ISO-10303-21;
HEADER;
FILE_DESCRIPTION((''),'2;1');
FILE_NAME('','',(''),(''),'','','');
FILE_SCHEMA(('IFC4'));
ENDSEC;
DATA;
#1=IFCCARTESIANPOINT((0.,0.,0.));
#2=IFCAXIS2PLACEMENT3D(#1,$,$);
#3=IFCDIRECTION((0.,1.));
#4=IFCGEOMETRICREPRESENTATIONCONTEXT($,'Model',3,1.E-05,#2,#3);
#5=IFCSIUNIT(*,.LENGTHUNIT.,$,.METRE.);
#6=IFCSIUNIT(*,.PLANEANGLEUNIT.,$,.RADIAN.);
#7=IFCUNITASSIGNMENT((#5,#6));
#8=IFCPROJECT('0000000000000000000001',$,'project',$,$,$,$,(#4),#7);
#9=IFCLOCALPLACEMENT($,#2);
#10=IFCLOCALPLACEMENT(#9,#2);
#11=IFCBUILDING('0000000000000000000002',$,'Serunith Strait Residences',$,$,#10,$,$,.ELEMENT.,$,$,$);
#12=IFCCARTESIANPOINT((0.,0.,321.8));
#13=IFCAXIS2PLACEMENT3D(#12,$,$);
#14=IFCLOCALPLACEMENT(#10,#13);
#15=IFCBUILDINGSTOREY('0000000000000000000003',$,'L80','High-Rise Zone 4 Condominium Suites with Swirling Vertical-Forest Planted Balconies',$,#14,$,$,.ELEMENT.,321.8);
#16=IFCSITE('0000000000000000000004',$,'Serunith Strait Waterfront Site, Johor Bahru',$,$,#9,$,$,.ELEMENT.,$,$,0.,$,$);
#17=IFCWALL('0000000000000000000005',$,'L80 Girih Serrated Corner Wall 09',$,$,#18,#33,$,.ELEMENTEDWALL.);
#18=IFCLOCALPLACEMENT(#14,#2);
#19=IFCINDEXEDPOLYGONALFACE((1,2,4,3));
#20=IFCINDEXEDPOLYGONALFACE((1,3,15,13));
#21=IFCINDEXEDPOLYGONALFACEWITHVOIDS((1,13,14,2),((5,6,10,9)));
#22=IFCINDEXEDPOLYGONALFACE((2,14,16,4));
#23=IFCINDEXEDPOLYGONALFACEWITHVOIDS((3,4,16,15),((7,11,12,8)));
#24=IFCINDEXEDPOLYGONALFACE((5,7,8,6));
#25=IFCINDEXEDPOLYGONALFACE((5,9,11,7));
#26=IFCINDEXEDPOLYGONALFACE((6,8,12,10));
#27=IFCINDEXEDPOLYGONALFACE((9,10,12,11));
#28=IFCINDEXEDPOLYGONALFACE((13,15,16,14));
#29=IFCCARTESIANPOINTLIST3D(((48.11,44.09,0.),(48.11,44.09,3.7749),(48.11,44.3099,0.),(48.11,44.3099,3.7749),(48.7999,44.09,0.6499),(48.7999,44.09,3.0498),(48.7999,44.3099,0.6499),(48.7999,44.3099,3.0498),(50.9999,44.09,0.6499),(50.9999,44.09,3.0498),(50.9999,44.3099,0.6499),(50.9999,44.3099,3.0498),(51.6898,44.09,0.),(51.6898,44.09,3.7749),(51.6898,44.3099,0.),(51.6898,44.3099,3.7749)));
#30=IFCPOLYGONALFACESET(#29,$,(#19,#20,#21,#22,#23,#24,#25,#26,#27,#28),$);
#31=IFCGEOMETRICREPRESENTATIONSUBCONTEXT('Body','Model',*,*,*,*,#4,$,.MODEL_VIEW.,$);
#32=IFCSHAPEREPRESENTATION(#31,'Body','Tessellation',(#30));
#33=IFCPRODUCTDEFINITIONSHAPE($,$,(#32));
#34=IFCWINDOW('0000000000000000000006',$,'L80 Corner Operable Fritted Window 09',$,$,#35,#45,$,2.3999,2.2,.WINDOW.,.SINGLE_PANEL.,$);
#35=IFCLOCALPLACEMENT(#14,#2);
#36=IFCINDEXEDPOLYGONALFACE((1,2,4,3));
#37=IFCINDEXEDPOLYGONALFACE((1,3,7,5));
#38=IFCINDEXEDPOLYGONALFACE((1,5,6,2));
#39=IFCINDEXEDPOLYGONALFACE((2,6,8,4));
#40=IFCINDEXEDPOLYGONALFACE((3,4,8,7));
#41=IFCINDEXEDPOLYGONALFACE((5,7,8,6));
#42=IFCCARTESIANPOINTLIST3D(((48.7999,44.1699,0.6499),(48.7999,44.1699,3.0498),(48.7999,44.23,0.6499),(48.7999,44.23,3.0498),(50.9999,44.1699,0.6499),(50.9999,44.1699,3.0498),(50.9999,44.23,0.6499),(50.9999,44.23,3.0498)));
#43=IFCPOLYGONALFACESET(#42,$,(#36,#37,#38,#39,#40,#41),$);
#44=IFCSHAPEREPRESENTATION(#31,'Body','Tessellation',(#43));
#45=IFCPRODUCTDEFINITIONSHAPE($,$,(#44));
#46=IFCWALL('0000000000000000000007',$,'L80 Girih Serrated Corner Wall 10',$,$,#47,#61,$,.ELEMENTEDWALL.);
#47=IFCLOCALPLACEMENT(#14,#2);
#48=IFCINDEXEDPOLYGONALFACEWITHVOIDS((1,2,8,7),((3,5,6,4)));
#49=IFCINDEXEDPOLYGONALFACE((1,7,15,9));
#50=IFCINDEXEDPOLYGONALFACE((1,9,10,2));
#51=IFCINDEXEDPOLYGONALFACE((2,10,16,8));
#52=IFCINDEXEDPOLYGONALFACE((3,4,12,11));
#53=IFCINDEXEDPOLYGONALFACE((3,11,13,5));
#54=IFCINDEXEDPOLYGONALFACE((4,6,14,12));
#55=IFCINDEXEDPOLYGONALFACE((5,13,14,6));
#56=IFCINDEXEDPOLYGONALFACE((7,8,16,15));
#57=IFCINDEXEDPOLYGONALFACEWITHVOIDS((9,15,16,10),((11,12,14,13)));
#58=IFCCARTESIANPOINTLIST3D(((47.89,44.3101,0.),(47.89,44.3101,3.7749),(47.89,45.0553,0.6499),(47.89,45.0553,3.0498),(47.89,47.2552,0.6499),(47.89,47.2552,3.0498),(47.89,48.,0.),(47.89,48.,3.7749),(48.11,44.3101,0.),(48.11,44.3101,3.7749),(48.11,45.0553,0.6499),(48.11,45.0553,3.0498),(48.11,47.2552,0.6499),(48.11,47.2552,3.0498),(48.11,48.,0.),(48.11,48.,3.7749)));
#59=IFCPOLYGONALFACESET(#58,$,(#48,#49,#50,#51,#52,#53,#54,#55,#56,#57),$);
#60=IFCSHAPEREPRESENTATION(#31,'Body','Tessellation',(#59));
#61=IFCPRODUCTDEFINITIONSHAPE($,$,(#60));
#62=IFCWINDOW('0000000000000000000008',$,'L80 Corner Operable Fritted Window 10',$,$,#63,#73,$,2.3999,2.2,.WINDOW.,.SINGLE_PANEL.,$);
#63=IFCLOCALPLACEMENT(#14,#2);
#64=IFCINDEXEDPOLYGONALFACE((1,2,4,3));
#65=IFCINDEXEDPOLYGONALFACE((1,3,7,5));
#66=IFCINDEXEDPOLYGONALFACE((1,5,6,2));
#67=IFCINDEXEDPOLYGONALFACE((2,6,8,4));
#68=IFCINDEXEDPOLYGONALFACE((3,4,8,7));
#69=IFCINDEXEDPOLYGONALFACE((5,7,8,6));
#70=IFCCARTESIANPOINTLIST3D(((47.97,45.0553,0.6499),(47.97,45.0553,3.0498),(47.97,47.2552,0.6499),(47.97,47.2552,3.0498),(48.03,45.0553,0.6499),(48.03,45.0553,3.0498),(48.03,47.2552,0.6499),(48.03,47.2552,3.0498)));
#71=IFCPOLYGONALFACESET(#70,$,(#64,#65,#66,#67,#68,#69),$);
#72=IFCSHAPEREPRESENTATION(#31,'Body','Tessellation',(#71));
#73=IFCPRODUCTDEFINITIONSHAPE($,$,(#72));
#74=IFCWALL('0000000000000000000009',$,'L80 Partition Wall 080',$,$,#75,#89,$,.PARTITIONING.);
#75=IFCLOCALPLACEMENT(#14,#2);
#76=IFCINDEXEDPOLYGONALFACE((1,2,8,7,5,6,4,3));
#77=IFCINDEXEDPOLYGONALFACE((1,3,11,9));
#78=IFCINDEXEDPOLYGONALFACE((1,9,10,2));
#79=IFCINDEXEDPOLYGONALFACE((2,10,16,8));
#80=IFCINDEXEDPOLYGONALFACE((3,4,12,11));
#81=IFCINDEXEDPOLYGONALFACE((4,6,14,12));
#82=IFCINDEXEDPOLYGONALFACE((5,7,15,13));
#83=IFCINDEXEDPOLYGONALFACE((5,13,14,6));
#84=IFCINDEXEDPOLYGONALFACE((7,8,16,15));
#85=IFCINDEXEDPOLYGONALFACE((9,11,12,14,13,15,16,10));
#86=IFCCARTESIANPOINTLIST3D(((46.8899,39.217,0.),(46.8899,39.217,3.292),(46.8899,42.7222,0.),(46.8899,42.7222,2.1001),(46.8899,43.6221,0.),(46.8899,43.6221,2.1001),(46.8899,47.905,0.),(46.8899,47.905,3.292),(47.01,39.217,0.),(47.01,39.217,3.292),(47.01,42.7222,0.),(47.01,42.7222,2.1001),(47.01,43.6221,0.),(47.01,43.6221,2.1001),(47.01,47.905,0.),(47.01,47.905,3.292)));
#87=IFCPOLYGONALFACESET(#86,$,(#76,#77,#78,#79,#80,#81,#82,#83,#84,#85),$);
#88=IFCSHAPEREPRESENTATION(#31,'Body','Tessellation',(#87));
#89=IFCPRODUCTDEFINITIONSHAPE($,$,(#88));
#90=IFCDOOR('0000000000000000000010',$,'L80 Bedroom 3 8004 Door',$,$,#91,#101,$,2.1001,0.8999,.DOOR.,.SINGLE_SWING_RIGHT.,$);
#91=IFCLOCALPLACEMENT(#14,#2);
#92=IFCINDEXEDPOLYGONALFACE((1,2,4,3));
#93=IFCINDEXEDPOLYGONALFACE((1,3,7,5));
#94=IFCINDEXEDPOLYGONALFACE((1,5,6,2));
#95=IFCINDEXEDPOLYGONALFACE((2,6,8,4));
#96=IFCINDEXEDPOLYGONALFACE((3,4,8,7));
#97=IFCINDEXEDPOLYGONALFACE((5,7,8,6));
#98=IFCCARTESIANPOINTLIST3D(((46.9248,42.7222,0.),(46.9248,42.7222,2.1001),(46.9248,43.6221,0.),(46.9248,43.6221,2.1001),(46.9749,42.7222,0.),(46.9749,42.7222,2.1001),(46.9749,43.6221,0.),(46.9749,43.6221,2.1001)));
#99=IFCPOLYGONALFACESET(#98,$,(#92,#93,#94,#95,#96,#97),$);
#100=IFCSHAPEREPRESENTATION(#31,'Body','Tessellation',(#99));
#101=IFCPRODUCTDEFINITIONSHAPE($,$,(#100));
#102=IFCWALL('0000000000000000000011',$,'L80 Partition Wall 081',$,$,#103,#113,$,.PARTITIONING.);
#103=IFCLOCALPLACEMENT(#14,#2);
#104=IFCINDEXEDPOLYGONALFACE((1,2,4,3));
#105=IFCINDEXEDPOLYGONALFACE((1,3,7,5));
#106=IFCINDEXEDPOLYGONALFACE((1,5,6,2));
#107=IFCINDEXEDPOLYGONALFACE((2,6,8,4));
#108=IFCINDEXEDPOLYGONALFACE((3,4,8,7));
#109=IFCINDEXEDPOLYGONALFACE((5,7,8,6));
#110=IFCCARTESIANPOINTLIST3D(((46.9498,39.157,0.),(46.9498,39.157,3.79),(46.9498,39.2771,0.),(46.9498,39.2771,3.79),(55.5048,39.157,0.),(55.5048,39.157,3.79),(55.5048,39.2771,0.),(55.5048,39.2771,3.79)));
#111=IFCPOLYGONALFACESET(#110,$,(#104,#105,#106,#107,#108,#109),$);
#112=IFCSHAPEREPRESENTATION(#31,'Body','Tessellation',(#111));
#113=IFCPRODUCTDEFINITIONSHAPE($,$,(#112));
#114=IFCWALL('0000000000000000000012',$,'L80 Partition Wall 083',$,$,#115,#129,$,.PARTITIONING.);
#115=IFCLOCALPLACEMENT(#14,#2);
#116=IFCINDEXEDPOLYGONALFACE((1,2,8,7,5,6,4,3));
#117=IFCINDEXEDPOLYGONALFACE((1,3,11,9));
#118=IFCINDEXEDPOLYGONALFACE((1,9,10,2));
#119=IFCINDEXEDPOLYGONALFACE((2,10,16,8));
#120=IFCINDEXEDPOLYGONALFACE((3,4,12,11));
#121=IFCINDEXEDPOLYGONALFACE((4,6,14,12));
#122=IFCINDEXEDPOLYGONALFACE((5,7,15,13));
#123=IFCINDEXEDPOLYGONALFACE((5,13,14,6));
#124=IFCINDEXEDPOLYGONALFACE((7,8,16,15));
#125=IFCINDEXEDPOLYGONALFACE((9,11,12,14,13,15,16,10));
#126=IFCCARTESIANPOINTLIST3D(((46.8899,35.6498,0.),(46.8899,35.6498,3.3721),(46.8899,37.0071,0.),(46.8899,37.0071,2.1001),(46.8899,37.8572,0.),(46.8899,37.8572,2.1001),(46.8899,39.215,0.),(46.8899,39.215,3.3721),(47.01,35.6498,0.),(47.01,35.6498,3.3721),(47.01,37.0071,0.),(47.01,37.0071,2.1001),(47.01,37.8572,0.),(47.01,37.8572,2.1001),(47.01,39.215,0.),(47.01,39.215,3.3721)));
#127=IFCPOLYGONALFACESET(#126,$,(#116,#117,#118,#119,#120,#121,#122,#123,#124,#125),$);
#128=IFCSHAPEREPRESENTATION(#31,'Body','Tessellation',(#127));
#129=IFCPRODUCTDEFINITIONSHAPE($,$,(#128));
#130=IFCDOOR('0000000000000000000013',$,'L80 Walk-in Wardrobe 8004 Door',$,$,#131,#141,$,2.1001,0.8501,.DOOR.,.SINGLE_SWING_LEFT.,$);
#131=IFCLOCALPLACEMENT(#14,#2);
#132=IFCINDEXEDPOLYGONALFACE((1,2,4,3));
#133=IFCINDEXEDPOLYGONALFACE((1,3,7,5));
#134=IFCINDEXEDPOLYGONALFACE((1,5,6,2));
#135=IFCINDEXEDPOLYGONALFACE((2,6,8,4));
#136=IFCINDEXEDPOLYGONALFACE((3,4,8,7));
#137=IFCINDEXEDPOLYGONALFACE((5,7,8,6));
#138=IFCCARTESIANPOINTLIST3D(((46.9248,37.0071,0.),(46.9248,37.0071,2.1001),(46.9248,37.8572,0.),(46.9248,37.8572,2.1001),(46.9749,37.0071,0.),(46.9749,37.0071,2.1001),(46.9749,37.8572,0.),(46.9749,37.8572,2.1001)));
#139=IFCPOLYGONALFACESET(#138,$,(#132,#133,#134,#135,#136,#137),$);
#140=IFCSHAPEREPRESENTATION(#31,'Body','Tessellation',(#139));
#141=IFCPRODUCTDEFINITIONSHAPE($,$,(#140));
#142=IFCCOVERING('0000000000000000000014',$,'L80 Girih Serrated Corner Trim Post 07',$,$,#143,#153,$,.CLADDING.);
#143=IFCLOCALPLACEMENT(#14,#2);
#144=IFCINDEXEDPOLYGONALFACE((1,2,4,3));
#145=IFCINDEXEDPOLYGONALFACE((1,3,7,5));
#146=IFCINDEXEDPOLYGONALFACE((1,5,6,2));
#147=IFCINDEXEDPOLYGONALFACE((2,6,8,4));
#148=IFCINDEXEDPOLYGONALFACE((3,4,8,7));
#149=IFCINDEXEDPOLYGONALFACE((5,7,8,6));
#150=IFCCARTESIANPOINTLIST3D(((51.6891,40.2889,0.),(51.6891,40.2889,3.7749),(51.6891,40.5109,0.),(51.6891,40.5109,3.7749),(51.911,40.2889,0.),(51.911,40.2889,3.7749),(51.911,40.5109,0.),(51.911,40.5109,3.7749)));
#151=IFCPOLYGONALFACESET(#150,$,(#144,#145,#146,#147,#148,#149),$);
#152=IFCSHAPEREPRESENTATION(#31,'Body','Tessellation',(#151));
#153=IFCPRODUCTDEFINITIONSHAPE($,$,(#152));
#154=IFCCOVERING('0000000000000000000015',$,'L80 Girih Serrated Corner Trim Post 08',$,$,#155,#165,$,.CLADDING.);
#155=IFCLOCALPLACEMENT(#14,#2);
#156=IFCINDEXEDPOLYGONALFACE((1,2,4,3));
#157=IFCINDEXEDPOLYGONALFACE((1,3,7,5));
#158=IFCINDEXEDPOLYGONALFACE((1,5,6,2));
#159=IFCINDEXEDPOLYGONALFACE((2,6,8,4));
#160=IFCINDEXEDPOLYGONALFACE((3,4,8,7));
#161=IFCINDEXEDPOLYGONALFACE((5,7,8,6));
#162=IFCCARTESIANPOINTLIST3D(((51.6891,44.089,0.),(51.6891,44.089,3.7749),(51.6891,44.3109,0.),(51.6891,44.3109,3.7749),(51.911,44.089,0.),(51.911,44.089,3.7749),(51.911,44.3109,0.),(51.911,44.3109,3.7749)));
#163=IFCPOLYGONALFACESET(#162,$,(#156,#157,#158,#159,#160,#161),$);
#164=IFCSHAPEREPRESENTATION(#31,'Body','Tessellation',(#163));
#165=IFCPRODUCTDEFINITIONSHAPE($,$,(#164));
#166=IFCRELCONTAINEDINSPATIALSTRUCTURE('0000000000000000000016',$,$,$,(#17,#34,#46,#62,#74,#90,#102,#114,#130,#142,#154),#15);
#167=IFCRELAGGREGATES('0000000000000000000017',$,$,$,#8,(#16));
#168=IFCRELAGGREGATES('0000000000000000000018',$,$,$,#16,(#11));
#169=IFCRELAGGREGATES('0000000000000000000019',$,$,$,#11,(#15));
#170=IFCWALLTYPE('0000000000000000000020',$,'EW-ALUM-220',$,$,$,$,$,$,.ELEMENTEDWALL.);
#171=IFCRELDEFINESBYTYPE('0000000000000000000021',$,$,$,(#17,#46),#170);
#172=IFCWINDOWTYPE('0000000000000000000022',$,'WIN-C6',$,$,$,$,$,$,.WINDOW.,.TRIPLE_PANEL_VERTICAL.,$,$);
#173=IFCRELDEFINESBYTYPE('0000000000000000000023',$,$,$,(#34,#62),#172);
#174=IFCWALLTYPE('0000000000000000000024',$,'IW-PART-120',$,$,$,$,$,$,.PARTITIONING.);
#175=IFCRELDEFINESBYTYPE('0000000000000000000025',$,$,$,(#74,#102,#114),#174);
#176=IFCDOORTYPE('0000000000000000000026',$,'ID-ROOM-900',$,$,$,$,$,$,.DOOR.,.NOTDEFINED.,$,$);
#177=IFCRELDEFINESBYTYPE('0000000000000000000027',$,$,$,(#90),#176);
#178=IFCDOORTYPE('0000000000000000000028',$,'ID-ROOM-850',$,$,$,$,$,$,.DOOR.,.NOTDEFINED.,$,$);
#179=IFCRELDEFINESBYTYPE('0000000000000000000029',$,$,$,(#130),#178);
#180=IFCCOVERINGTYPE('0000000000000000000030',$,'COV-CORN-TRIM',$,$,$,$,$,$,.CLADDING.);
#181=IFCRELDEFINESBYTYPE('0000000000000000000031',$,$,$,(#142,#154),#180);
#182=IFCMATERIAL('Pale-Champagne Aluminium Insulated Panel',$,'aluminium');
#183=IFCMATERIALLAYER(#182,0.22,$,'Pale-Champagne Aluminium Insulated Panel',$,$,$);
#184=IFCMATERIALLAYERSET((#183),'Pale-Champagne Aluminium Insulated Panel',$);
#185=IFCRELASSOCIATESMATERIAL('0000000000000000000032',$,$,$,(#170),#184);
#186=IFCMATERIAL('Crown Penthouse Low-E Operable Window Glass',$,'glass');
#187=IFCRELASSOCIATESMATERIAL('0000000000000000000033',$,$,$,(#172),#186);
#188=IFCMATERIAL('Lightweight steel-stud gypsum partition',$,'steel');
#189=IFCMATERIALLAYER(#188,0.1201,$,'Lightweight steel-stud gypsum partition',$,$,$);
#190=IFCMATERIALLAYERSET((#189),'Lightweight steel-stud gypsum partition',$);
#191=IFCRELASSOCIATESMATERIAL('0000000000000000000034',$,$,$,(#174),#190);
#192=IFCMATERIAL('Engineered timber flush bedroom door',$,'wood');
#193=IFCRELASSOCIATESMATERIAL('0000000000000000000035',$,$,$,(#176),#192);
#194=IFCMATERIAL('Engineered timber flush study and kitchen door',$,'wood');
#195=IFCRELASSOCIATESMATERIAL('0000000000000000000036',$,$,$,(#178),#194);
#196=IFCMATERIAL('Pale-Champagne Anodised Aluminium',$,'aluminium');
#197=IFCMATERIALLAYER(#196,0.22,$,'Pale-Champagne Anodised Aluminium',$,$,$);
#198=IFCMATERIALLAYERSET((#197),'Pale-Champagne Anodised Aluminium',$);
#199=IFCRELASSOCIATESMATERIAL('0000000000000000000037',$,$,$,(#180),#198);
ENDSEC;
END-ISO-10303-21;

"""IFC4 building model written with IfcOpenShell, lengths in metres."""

from ifc_helpers import new_model, si_unit, direction, frame, frame_2d, origin, origin_2d, place, context, subcontext, project, spatial, rectangle, extrude, source, transform, mapped, material, layer, layer_set, type_object, element, fill, save


model = new_model("IFC4")

# Units and contexts
model_context = context("Model", 3, precision=1e-05, world=origin(), true_north=direction((0.0, 1.0)))
body_context = subcontext(model_context, "Body", "Model", "MODEL_VIEW")
ifc_project = project(units=[si_unit("LENGTHUNIT", "METRE"), si_unit("PLANEANGLEUNIT", "RADIAN")], contexts=[model_context])

# Site, building, storey
site_placement = place(None, origin())
site = spatial("IfcSite", under=ifc_project, at=site_placement, Name="Serunith Strait Waterfront Site, Johor Bahru", CompositionType="ELEMENT", RefElevation=0.0)
building_placement = place(site_placement, origin())
building = spatial("IfcBuilding", under=site, at=building_placement, Name="Serunith Strait Residences", CompositionType="ELEMENT")
storey_placement = place(building_placement, frame((0.0, 0.0, 321.8)))
storey = spatial("IfcBuildingStorey", under=building, at=storey_placement, Name="L80", Description="High-Rise Zone 4 Condominium Suites with Swirling Vertical-Forest Planted Balconies", CompositionType="ELEMENT", Elevation=321.8)

# Walls, openings, windows
ifc_material_1 = material(Name="Pale-Champagne Aluminium Insulated Panel", Category="aluminium")
ifc_layer_1 = layer(ifc_material_1, 0.22, Name="Pale-Champagne Aluminium Insulated Panel")
ifc_layer_set_1 = layer_set([ifc_layer_1], Name="Pale-Champagne Aluminium Insulated Panel")
wall_type_1 = type_object("IfcWallType", Name="EW-ALUM-220", PredefinedType="ELEMENTEDWALL", material=ifc_layer_set_1)
ifc_material_2 = material(Name="Crown Penthouse Low-E Operable Window Glass", Category="glass")
window_type = type_object("IfcWindowType", Name="WIN-C6", PartitioningType="TRIPLE_PANEL_VERTICAL", PredefinedType="WINDOW", material=ifc_material_2)
shared_shape_1 = source(origin(), body_context, "Body", "SweptSolid", [
    extrude(rectangle(XDim=2.2, YDim=2.3999, at=frame_2d((1.1001, 1.2))), frame((0.0, 0.03, 0.0), z_axis=(0.0, -1.0, 0.0), x_axis=(1.0, 0.0, 0.0)), (0.0, 0.0, 1.0), 0.0601),
])
wall_1_placement = place(storey_placement, frame((51.6899, 44.2, 0.0), z_axis=(0.0, 0.0, 1.0), x_axis=(-1.0, 0.0, 0.0)))
wall_1 = element("IfcWall", 1, at=wall_1_placement, inside=storey, type_object=wall_type_1, Name="L80 Girih Serrated Corner Wall 09", PredefinedType="ELEMENTEDWALL", context=body_context, shape_type="SweptSolid", body=[
    extrude(rectangle(XDim=3.5798, YDim=0.22, at=frame_2d((1.79, 0.0))), origin(), (0.0, 0.0, 1.0), 3.7749),
])
opening_1_placement = place(wall_1_placement, frame((0.6899, 0.0, 0.6499)))
opening_1 = element("IfcOpeningElement", 2, at=opening_1_placement, cuts=wall_1, PredefinedType="OPENING", context=body_context, shape_type="SweptSolid", body=[
    extrude(rectangle(XDim=2.2, YDim=2.3999, at=frame_2d((1.1001, 1.2))), frame((0.0, 0.1201, 0.0), z_axis=(0.0, -1.0, 0.0), x_axis=(1.0, 0.0, 0.0)), (0.0, 0.0, 1.0), 0.24),
])
window_1_placement = place(opening_1_placement, origin())
window_1 = element("IfcWindow", 3, at=window_1_placement, inside=storey, type_object=window_type, Name="L80 Corner Operable Fritted Window 09", OverallHeight=2.3999, OverallWidth=2.2, PartitioningType="SINGLE_PANEL", PredefinedType="WINDOW", context=body_context, shape_type="MappedRepresentation", body=[
    mapped(shared_shape_1, transform((0.0, 0.0, 0.0), scale=1.0)),
])
fill(opening_1, window_1)
wall_2_placement = place(storey_placement, frame((48.0, 44.3101, 0.0), z_axis=(0.0, 0.0, 1.0), x_axis=(0.0, 1.0, 0.0)))
wall_2 = element("IfcWall", 4, at=wall_2_placement, inside=storey, type_object=wall_type_1, Name="L80 Girih Serrated Corner Wall 10", PredefinedType="ELEMENTEDWALL", context=body_context, shape_type="SweptSolid", body=[
    extrude(rectangle(XDim=3.6899, YDim=0.22, at=frame_2d((1.845, 0.0))), origin(), (0.0, 0.0, 1.0), 3.7749),
])
opening_2_placement = place(wall_2_placement, frame((0.7451, 0.0, 0.6499)))
opening_2 = element("IfcOpeningElement", 5, at=opening_2_placement, cuts=wall_2, PredefinedType="OPENING", context=body_context, shape_type="SweptSolid", body=[
    extrude(rectangle(XDim=2.2, YDim=2.3999, at=frame_2d((1.1001, 1.2))), frame((0.0, 0.1201, 0.0), z_axis=(0.0, -1.0, 0.0), x_axis=(1.0, 0.0, 0.0)), (0.0, 0.0, 1.0), 0.24),
])
window_2_placement = place(opening_2_placement, origin())
window_2 = element("IfcWindow", 6, at=window_2_placement, inside=storey, type_object=window_type, Name="L80 Corner Operable Fritted Window 10", OverallHeight=2.3999, OverallWidth=2.2, PartitioningType="SINGLE_PANEL", PredefinedType="WINDOW", context=body_context, shape_type="MappedRepresentation", body=[
    mapped(shared_shape_1, transform((0.0, 0.0, 0.0), scale=1.0)),
])
fill(opening_2, window_2)

# Wall, opening, door
ifc_material_3 = material(Name="Lightweight steel-stud gypsum partition", Category="steel")
ifc_layer_2 = layer(ifc_material_3, 0.1201, Name="Lightweight steel-stud gypsum partition")
ifc_layer_set_2 = layer_set([ifc_layer_2], Name="Lightweight steel-stud gypsum partition")
wall_type_2 = type_object("IfcWallType", Name="IW-PART-120", PredefinedType="PARTITIONING", material=ifc_layer_set_2)
wall_3_placement = place(storey_placement, frame((46.95, 47.905, 0.0), z_axis=(0.0, 0.0, 1.0), x_axis=(0.0, -1.0, 0.0)))
wall_3 = element("IfcWall", 7, at=wall_3_placement, inside=storey, type_object=wall_type_2, Name="L80 Partition Wall 080", PredefinedType="PARTITIONING", context=body_context, shape_type="SweptSolid", body=[
    extrude(rectangle(XDim=8.688, YDim=0.1201, at=frame_2d((4.344, 0.0))), origin(), (0.0, 0.0, 1.0), 3.292),
])
opening_3_placement = place(wall_3_placement, frame((4.283, 0.0, 0.0)))
opening_3 = element("IfcOpeningElement", 8, at=opening_3_placement, cuts=wall_3, PredefinedType="OPENING", context=body_context, shape_type="SweptSolid", body=[
    extrude(rectangle(XDim=0.8999, YDim=2.1001, at=frame_2d((0.45, 1.05))), frame((0.0, 0.0701, 0.0), z_axis=(0.0, -1.0, 0.0), x_axis=(1.0, 0.0, 0.0)), (0.0, 0.0, 1.0), 0.1401),
])
ifc_material_4 = material(Name="Engineered timber flush bedroom door", Category="wood")
door_type_1 = type_object("IfcDoorType", Name="ID-ROOM-900", OperationType="NOTDEFINED", PredefinedType="DOOR", material=ifc_material_4)
shared_shape_2 = source(origin(), body_context, "Body", "SweptSolid", [
    extrude(rectangle(XDim=0.8999, YDim=2.1001, at=frame_2d((0.45, 1.05))), frame((0.0, 0.0249, 0.0), z_axis=(0.0, -1.0, 0.0), x_axis=(1.0, 0.0, 0.0)), (0.0, 0.0, 1.0), 0.05),
])
door_1_placement = place(opening_3_placement, origin())
door_1 = element("IfcDoor", 9, at=door_1_placement, inside=storey, type_object=door_type_1, Name="L80 Bedroom 3 8004 Door", OperationType="SINGLE_SWING_RIGHT", OverallHeight=2.1001, OverallWidth=0.8999, PredefinedType="DOOR", context=body_context, shape_type="MappedRepresentation", body=[
    mapped(shared_shape_2, transform((0.0, 0.0, 0.0), scale=1.0)),
])
fill(opening_3, door_1)

# Wall
wall_4_placement = place(storey_placement, frame((46.95, 39.217, 0.0), z_axis=(0.0, 0.0, 1.0), x_axis=(1.0, 0.0, 0.0)))
element("IfcWall", 10, at=wall_4_placement, inside=storey, type_object=wall_type_2, Name="L80 Partition Wall 081", PredefinedType="PARTITIONING", context=body_context, shape_type="SweptSolid", body=[
    extrude(rectangle(XDim=8.5549, YDim=0.1201, at=frame_2d((4.2773, 0.0))), origin(), (0.0, 0.0, 1.0), 3.79),
])

# Wall, opening, door
wall_5_placement = place(storey_placement, frame((46.95, 39.2151, 0.0), z_axis=(0.0, 0.0, 1.0), x_axis=(0.0, -1.0, 0.0)))
wall_5 = element("IfcWall", 11, at=wall_5_placement, inside=storey, type_object=wall_type_2, Name="L80 Partition Wall 083", PredefinedType="PARTITIONING", context=body_context, shape_type="SweptSolid", body=[
    extrude(rectangle(XDim=3.5652, YDim=0.1201, at=frame_2d((1.7827, 0.0))), origin(), (0.0, 0.0, 1.0), 3.3721),
])
opening_4_placement = place(wall_5_placement, frame((1.3579, 0.0, 0.0)))
opening_4 = element("IfcOpeningElement", 12, at=opening_4_placement, cuts=wall_5, PredefinedType="OPENING", context=body_context, shape_type="SweptSolid", body=[
    extrude(rectangle(XDim=0.8501, YDim=2.1001, at=frame_2d((0.425, 1.05))), frame((0.0, 0.0701, 0.0), z_axis=(0.0, -1.0, 0.0), x_axis=(1.0, 0.0, 0.0)), (0.0, 0.0, 1.0), 0.1401),
])
ifc_material_5 = material(Name="Engineered timber flush study and kitchen door", Category="wood")
door_type_2 = type_object("IfcDoorType", Name="ID-ROOM-850", OperationType="NOTDEFINED", PredefinedType="DOOR", material=ifc_material_5)
shared_shape_3 = source(origin(), body_context, "Body", "SweptSolid", [
    extrude(rectangle(XDim=0.8501, YDim=2.1001, at=frame_2d((0.425, 1.05))), frame((0.0, 0.0249, 0.0), z_axis=(0.0, -1.0, 0.0), x_axis=(1.0, 0.0, 0.0)), (0.0, 0.0, 1.0), 0.05),
])
door_2_placement = place(opening_4_placement, origin())
door_2 = element("IfcDoor", 13, at=door_2_placement, inside=storey, type_object=door_type_2, Name="L80 Walk-in Wardrobe 8004 Door", OperationType="SINGLE_SWING_LEFT", OverallHeight=2.1001, OverallWidth=0.8501, PredefinedType="DOOR", context=body_context, shape_type="MappedRepresentation", body=[
    mapped(shared_shape_3, transform((0.0, 0.0, 0.0), scale=1.0)),
])
fill(opening_4, door_2)

# Coverings
ifc_material_6 = material(Name="Pale-Champagne Anodised Aluminium", Category="aluminium")
ifc_layer_3 = layer(ifc_material_6, 0.22, Name="Pale-Champagne Anodised Aluminium")
ifc_layer_set_3 = layer_set([ifc_layer_3], Name="Pale-Champagne Anodised Aluminium")
covering_type = type_object("IfcCoveringType", Name="COV-CORN-TRIM", PredefinedType="CLADDING", material=ifc_layer_set_3)
shared_shape_4 = source(origin(), body_context, "Body", "SweptSolid", [
    extrude(rectangle(XDim=0.2219, YDim=0.2219, at=origin_2d()), origin(), (0.0, 0.0, 1.0), 3.7749),
])
for number, where, z_axis, x_axis, name in (
    (14, (51.8, 40.3999, 0.0), (0.0, 0.0, 1.0), (1.0, 0.0, 0.0), "L80 Girih Serrated Corner Trim Post 07"),
    (15, (51.8, 44.2, 0.0), (0.0, 0.0, 1.0), (1.0, 0.0, 0.0), "L80 Girih Serrated Corner Trim Post 08"),
):
    element("IfcCovering", number, at=place(storey_placement, frame(where, z_axis=z_axis, x_axis=x_axis)), inside=storey, type_object=covering_type, Name=name, PredefinedType="CLADDING", context=body_context, shape_type="MappedRepresentation", body=[
        mapped(shared_shape_4, transform((0.0, 0.0, 0.0), scale=1.0)),
    ])

save(model, "model.ifc")
